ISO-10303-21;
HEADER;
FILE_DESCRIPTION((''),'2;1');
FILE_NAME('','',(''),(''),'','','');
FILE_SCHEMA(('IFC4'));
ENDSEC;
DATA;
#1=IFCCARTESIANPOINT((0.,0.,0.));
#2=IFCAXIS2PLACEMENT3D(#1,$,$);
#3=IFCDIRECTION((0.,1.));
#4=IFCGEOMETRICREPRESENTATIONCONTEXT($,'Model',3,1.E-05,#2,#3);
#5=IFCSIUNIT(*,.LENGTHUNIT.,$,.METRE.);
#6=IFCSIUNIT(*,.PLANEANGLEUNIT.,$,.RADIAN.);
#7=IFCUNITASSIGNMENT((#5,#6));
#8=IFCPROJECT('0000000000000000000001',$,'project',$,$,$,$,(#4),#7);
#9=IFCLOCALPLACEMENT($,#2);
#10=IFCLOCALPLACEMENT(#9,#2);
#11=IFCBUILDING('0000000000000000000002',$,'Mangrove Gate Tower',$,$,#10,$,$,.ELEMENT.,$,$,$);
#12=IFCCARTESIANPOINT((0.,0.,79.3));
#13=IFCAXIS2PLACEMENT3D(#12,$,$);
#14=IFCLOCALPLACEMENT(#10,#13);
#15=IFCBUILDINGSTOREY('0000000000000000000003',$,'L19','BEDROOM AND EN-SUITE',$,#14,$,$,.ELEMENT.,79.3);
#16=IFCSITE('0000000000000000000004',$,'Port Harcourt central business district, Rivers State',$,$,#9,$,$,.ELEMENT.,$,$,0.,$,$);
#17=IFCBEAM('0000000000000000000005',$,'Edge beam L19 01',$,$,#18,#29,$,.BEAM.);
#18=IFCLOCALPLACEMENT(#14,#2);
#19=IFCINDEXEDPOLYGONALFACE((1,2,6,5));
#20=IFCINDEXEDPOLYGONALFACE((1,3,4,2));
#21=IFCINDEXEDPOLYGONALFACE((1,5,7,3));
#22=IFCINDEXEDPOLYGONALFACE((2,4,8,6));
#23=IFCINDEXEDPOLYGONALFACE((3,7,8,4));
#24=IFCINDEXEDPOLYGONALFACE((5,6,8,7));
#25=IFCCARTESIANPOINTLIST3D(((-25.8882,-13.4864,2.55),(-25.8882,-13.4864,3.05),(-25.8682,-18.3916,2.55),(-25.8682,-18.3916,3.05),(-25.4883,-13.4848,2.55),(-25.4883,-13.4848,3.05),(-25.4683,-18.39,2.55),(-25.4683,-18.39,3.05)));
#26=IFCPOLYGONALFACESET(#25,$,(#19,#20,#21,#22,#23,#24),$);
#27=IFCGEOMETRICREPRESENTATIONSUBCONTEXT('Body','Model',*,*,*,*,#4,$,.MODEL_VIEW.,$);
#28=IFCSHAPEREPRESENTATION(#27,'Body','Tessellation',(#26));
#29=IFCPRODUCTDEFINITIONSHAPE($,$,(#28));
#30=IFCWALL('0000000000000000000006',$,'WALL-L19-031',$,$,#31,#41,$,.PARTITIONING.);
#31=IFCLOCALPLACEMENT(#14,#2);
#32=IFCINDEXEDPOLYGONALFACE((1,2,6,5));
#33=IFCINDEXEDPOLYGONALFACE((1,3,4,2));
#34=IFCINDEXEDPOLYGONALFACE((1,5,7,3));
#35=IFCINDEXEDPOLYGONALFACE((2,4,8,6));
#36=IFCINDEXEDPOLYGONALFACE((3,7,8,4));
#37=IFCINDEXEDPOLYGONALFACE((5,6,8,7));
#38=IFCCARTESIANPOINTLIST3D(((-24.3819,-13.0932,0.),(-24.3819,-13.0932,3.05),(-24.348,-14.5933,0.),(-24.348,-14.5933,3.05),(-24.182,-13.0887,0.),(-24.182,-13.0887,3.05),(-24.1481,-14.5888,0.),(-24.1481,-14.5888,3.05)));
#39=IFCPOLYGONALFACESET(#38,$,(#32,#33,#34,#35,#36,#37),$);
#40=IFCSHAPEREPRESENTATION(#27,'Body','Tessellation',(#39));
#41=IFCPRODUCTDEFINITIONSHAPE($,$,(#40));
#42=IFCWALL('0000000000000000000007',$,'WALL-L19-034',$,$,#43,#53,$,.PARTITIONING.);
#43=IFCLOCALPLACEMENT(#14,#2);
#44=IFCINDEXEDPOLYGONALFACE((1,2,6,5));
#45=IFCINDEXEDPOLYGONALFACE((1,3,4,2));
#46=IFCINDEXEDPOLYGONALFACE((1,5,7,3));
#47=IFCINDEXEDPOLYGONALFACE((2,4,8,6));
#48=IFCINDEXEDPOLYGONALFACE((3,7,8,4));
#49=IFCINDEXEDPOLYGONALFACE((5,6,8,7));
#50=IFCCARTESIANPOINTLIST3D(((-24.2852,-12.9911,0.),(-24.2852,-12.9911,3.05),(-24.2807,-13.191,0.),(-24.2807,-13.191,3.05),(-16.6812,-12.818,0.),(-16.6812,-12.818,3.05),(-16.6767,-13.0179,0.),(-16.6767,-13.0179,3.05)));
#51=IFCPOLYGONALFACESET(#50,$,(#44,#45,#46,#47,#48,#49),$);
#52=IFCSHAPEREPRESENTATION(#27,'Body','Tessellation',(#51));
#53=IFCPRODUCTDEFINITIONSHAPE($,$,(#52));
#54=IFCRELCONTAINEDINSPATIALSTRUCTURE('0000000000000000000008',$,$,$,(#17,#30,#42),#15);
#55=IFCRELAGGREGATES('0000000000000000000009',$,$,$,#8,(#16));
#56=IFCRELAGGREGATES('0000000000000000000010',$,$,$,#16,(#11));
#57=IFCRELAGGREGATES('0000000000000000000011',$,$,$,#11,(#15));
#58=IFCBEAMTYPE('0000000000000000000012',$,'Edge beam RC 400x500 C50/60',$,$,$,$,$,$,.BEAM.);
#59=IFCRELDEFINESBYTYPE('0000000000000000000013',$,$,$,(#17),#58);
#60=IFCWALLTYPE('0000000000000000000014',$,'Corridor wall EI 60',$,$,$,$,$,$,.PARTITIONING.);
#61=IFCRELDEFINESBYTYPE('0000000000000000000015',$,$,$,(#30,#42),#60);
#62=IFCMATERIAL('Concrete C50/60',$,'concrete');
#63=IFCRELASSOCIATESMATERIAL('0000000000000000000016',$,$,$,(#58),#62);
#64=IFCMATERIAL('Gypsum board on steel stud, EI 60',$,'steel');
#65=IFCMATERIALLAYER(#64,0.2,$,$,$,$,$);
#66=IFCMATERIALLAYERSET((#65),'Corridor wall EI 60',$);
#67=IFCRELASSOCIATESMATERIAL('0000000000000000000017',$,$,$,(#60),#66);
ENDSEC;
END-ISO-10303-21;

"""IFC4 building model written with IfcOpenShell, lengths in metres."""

from ifc_helpers import new_model, si_unit, direction, frame, frame_2d, origin, origin_2d, place, context, subcontext, project, spatial, rectangle, extrude, material, layer, layer_set, material_profile, profile_set, type_object, element, save


model = new_model("IFC4")

# Units and contexts
model_context = context("Model", 3, precision=1e-05, world=origin(), true_north=direction((0.0, 1.0)))
body_context = subcontext(model_context, "Body", "Model", "MODEL_VIEW")
ifc_project = project(units=[si_unit("LENGTHUNIT", "METRE"), si_unit("PLANEANGLEUNIT", "RADIAN")], contexts=[model_context])

# Site, building, storey
site_placement = place(None, origin())
site = spatial("IfcSite", under=ifc_project, at=site_placement, Name="Port Harcourt central business district, Rivers State", CompositionType="ELEMENT", RefElevation=0.0)
building_placement = place(site_placement, origin())
building = spatial("IfcBuilding", under=site, at=building_placement, Name="Mangrove Gate Tower", CompositionType="ELEMENT")
storey_placement = place(building_placement, frame((0.0, 0.0, 79.3)))
storey = spatial("IfcBuildingStorey", under=building, at=storey_placement, Name="L19", Description="BEDROOM AND EN-SUITE", CompositionType="ELEMENT", Elevation=79.3)

# Beam
ifc_material_1 = material(Name="Concrete C50/60", Category="concrete")
ifc_material_profile = material_profile(ifc_material_1, rectangle(XDim=0.3999, YDim=0.5, at=origin_2d()))
ifc_profile_set = profile_set([ifc_material_profile], Name="Concrete C50/60")
beam_type = type_object("IfcBeamType", Name="Edge beam RC 400x500 C50/60", PredefinedType="BEAM", material=ifc_profile_set)
beam_placement = place(storey_placement, frame((-25.6882, -13.4856, 2.8), z_axis=(0.004081, -0.999992, 0.0), x_axis=(0.999992, 0.004081, 0.0)))
element("IfcBeam", 1, at=beam_placement, inside=storey, type_object=beam_type, Name="Edge beam L19 01", PredefinedType="BEAM", context=body_context, shape_type="SweptSolid", body=[
    extrude(rectangle(XDim=0.3999, YDim=0.5, at=origin_2d()), origin(), (0.0, 0.0, 1.0), 4.9053),
])

# Shared definitions
ifc_material_2 = material(Name="Gypsum board on steel stud, EI 60", Category="steel")
ifc_layer = layer(ifc_material_2, 0.2)
ifc_layer_set = layer_set([ifc_layer], Name="Corridor wall EI 60")
wall_type = type_object("IfcWallType", Name="Corridor wall EI 60", PredefinedType="PARTITIONING", material=ifc_layer_set)

# Walls
wall_1_placement = place(storey_placement, frame((-24.248, -14.5911, 0.0), z_axis=(0.0, 0.0, 1.0), x_axis=(-0.022618, 0.999744, 0.0)))
element("IfcWall", 2, at=wall_1_placement, inside=storey, type_object=wall_type, Name="WALL-L19-031", PredefinedType="PARTITIONING", context=body_context, shape_type="SweptSolid", body=[
    extrude(rectangle(XDim=1.5005, YDim=0.2, at=frame_2d((0.7502, 0.0))), origin(), (0.0, 0.0, 1.0), 3.05),
])
wall_2_placement = place(storey_placement, frame((-24.283, -13.0911, 0.0), z_axis=(0.0, 0.0, 1.0), x_axis=(0.999741, 0.022758, 0.0)))
element("IfcWall", 3, at=wall_2_placement, inside=storey, type_object=wall_type, Name="WALL-L19-034", PredefinedType="PARTITIONING", context=body_context, shape_type="SweptSolid", body=[
    extrude(rectangle(XDim=7.606, YDim=0.2, at=frame_2d((3.803, 0.0))), origin(), (0.0, 0.0, 1.0), 3.05),
])

save(model, "model.ifc")
